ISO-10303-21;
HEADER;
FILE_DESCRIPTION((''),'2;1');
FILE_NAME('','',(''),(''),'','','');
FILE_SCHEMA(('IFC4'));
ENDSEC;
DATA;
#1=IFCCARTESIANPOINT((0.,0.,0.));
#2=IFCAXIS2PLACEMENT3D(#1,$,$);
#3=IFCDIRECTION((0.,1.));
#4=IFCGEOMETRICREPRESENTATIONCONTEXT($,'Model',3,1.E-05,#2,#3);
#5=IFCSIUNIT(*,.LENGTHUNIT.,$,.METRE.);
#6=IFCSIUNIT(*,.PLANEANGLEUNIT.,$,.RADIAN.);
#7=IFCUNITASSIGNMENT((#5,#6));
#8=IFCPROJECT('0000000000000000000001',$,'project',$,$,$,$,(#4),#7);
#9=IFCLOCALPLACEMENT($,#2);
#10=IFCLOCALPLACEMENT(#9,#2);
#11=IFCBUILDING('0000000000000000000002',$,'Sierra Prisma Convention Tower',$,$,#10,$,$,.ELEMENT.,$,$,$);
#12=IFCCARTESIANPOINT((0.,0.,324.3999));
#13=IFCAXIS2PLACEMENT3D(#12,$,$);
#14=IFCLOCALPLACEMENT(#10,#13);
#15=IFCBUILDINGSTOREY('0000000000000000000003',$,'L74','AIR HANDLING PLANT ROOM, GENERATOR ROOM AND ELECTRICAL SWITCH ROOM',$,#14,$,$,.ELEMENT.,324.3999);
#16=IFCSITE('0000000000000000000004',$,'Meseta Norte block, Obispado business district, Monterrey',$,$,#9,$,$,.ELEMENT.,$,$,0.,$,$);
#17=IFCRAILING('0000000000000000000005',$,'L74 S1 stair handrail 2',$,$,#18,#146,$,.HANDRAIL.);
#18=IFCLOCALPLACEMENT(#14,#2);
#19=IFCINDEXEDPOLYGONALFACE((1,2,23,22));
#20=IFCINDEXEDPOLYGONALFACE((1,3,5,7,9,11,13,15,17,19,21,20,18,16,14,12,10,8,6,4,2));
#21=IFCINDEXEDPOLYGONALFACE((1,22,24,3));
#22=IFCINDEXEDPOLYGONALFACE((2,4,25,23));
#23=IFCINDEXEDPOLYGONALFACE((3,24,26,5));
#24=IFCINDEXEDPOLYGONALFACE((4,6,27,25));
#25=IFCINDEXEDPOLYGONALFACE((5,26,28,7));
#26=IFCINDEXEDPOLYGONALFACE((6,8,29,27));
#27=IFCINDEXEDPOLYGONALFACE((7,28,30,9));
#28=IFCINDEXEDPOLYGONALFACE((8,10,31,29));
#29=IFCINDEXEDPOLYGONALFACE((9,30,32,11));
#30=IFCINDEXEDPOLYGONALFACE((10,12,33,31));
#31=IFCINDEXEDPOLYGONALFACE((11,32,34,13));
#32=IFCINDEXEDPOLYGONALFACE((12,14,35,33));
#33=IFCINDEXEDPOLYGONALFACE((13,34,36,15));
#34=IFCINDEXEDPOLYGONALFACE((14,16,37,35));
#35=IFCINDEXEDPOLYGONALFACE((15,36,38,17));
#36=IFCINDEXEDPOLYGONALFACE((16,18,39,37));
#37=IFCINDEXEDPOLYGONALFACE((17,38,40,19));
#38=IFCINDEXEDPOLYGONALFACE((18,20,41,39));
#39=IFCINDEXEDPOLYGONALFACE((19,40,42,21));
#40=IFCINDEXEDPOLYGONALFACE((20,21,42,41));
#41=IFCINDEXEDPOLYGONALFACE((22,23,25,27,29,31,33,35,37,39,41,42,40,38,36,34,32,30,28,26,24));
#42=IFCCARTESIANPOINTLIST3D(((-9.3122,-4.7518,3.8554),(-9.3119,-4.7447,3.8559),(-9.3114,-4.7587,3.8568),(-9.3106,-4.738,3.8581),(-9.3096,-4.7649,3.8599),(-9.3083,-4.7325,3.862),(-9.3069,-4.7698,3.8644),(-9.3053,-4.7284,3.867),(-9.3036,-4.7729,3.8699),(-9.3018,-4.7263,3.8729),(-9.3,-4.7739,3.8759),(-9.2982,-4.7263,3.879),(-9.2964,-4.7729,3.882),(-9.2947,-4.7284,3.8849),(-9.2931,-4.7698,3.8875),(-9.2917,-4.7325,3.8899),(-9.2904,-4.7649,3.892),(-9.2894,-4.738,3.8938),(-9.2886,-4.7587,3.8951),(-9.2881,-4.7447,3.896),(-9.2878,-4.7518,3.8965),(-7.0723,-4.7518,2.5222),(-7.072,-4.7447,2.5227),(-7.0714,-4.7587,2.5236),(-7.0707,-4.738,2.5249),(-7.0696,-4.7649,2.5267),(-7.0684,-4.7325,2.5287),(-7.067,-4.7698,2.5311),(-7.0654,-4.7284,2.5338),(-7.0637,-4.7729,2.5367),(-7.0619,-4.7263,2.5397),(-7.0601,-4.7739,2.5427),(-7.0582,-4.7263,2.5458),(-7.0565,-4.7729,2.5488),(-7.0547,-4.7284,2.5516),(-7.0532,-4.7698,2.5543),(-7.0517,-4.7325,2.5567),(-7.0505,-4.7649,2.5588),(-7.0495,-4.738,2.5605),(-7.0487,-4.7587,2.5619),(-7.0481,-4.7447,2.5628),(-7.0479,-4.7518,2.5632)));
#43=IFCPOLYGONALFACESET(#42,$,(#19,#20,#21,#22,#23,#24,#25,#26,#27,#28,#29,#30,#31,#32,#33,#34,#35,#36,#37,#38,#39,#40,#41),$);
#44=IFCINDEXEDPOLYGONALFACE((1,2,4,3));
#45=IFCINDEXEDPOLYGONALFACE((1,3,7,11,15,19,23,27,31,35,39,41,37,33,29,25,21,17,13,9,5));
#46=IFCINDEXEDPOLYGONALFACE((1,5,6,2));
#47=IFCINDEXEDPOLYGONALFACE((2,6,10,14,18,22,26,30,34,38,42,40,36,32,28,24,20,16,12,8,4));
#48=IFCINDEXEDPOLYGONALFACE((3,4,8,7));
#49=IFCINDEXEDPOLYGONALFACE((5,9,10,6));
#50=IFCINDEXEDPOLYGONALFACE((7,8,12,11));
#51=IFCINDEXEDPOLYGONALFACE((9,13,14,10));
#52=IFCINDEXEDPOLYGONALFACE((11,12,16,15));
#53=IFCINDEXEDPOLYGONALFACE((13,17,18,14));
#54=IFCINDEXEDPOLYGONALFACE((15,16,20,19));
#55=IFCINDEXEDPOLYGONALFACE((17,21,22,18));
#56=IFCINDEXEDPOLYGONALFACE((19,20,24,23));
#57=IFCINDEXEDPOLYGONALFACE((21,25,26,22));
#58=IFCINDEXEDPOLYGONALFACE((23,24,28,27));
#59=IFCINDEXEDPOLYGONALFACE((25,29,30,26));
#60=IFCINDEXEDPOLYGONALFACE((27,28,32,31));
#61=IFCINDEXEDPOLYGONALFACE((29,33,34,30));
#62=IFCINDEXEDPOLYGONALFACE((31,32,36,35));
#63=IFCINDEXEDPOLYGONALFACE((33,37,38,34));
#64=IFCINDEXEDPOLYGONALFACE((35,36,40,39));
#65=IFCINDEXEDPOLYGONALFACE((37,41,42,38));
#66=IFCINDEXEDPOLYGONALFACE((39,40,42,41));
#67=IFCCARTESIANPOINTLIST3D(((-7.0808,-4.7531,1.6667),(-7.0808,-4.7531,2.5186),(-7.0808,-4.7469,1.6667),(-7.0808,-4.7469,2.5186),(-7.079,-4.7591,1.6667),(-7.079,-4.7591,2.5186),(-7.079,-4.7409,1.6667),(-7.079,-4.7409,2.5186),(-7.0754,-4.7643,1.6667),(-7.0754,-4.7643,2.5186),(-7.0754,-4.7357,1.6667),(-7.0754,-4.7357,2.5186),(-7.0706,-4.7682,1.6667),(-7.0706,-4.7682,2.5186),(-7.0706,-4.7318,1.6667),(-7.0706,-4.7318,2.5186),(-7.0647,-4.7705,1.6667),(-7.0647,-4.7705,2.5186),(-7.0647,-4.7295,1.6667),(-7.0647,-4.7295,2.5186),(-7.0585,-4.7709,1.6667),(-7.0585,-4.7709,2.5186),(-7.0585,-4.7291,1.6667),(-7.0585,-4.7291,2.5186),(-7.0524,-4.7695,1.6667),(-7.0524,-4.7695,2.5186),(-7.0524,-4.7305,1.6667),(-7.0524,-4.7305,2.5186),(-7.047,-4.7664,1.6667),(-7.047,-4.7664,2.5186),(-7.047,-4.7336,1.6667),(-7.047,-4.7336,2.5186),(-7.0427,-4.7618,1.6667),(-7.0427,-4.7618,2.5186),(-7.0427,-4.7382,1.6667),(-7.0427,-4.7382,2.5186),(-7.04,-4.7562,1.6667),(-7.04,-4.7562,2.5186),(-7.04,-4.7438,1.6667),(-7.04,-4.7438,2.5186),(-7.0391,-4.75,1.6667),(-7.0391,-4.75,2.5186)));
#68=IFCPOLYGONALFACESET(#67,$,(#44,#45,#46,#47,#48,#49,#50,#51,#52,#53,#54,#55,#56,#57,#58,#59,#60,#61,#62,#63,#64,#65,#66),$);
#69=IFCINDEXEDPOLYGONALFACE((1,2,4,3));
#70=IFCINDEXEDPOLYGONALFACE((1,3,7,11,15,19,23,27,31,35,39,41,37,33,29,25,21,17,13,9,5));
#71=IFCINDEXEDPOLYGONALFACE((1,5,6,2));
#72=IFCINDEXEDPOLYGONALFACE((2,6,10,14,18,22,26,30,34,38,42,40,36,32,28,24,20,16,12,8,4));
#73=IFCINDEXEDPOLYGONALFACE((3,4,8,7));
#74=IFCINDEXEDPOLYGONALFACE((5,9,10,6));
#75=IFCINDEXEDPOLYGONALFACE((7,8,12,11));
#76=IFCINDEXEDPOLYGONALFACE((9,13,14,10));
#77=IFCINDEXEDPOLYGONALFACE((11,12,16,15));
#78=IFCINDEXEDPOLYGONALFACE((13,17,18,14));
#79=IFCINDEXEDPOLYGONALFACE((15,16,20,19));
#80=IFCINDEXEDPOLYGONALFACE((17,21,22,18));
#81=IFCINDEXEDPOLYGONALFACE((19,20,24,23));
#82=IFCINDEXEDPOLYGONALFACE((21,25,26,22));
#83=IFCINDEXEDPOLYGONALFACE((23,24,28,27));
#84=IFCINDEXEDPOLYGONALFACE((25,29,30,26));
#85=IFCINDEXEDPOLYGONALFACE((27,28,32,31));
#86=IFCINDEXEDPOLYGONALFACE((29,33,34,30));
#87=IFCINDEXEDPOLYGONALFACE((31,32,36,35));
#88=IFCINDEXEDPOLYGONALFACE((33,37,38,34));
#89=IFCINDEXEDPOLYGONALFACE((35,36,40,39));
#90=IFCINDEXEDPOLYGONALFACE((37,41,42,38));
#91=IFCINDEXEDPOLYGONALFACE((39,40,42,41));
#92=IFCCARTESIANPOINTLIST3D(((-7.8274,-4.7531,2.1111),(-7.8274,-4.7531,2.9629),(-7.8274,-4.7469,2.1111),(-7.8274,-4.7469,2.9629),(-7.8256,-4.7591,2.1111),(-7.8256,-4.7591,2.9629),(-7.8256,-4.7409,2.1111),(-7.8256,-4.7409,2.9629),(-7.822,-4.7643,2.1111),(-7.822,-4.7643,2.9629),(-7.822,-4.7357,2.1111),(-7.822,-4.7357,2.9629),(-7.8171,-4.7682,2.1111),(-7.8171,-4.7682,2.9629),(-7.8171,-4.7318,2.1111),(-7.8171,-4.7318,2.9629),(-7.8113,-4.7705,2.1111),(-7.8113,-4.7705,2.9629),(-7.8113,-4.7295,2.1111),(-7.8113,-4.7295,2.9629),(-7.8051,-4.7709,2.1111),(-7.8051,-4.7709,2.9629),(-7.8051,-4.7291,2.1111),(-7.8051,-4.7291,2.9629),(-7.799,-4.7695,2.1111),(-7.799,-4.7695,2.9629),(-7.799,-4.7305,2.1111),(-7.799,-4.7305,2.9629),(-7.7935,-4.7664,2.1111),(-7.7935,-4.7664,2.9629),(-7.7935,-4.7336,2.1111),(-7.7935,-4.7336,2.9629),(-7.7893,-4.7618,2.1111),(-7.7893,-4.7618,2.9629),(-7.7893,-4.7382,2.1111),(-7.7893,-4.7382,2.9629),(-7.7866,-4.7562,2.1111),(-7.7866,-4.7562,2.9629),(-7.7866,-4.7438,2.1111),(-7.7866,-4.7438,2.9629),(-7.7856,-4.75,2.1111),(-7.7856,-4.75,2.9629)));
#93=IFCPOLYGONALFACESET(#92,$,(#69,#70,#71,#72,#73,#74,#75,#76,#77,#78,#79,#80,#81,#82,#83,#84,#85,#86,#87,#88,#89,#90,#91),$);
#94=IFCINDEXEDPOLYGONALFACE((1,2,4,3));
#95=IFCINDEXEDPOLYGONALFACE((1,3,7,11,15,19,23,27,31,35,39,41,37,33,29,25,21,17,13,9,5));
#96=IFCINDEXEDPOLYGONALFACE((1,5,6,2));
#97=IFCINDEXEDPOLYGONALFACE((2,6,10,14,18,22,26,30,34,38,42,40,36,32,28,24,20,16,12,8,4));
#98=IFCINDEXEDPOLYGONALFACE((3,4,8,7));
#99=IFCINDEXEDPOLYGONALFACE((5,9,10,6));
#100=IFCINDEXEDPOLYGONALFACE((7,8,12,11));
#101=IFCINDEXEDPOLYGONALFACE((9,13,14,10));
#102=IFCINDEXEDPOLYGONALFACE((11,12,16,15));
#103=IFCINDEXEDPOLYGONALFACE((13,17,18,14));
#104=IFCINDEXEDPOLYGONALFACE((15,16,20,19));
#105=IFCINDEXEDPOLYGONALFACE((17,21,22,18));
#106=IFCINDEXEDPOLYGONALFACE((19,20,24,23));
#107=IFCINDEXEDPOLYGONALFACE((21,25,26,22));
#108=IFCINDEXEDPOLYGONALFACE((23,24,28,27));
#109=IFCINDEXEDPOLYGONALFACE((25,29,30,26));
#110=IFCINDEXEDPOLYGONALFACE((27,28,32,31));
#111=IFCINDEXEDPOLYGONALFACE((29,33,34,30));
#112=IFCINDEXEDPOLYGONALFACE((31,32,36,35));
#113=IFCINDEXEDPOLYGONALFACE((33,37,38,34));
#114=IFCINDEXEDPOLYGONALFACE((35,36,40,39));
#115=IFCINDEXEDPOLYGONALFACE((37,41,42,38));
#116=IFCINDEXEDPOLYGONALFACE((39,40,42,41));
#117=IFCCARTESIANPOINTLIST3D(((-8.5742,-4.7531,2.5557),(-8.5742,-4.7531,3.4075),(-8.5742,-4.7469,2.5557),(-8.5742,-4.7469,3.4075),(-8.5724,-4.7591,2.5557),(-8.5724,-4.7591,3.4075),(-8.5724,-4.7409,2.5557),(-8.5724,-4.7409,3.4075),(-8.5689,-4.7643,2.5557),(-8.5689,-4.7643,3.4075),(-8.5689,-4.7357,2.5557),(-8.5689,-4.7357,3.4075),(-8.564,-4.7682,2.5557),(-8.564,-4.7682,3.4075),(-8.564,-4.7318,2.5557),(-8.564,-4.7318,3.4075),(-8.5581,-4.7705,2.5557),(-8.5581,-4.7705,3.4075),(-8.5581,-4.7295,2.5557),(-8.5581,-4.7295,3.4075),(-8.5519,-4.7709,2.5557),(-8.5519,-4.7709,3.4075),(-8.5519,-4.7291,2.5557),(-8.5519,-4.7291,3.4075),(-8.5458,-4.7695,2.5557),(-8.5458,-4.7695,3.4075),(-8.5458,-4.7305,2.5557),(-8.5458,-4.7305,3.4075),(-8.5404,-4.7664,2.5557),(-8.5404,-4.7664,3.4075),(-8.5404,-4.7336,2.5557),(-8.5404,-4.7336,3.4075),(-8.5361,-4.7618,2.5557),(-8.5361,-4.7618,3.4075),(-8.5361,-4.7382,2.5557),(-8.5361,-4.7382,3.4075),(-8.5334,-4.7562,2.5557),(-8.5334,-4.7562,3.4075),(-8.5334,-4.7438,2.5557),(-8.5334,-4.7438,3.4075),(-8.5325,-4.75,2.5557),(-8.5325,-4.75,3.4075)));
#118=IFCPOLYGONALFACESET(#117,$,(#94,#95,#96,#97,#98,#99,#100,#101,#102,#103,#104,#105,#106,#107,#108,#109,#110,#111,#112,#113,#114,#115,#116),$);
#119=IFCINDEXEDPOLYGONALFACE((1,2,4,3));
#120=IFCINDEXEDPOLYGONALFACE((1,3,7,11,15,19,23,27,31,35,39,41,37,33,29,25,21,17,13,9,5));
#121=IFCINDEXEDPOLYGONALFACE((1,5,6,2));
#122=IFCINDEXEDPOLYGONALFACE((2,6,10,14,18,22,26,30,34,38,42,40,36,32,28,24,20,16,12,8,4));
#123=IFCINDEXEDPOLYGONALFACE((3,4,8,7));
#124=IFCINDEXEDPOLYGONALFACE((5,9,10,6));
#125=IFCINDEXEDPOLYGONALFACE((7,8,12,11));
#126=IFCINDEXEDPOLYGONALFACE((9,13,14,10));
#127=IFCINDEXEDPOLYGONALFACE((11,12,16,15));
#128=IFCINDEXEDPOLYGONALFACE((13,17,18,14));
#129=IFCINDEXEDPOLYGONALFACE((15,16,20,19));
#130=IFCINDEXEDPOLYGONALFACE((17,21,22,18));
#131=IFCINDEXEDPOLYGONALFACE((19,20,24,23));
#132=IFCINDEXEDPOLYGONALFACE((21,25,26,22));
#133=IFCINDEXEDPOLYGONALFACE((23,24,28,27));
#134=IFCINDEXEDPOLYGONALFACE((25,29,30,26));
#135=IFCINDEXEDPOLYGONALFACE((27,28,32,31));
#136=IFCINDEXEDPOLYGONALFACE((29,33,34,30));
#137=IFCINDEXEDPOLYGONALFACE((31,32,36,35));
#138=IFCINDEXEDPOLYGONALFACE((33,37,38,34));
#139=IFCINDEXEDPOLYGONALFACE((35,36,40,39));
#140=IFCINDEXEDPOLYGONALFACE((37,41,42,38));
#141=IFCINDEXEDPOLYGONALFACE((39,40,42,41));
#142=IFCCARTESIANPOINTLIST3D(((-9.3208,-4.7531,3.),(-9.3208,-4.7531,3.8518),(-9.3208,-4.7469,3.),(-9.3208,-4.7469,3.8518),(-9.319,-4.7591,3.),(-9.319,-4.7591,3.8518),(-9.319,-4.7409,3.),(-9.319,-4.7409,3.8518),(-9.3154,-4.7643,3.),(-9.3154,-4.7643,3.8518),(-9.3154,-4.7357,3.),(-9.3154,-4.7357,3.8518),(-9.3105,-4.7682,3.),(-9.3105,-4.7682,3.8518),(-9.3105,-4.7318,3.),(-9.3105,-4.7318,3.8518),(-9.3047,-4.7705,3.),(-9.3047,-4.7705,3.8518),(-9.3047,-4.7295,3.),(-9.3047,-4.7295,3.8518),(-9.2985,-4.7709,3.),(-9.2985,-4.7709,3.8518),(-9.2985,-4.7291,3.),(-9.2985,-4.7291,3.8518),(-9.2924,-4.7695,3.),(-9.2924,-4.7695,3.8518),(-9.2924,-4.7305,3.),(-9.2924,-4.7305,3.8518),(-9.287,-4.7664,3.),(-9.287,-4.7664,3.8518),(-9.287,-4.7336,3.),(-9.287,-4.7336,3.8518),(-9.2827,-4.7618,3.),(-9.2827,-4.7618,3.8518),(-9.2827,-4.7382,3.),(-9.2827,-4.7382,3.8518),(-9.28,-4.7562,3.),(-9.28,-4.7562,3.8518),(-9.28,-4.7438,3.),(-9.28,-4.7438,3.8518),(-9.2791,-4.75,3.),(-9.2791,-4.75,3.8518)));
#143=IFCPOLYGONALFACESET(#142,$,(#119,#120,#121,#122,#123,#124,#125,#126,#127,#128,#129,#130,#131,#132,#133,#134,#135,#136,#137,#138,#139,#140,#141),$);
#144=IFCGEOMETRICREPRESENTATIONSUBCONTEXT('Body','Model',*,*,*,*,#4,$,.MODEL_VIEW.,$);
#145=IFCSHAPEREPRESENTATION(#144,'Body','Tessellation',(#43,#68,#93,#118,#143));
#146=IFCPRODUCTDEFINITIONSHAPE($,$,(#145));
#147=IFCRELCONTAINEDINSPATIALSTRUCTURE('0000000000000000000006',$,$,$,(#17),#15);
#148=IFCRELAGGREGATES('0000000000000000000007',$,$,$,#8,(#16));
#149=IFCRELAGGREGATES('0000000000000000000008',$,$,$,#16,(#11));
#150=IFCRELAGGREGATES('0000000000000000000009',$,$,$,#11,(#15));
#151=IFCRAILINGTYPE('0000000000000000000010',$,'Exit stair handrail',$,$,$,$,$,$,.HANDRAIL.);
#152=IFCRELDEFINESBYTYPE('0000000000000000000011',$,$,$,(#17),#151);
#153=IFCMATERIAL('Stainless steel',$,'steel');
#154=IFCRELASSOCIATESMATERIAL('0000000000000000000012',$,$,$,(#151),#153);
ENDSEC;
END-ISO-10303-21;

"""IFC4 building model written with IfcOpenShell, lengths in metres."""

from ifc_helpers import new_model, si_unit, direction, frame, origin, origin_2d, place, context, subcontext, project, spatial, circle, extrude, material, type_object, element, save


model = new_model("IFC4")

# Units and contexts
model_context = context("Model", 3, precision=1e-05, world=origin(), true_north=direction((0.0, 1.0)))
body_context = subcontext(model_context, "Body", "Model", "MODEL_VIEW")
ifc_project = project(units=[si_unit("LENGTHUNIT", "METRE"), si_unit("PLANEANGLEUNIT", "RADIAN")], contexts=[model_context])

# Site, building, storey
site_placement = place(None, origin())
site = spatial("IfcSite", under=ifc_project, at=site_placement, Name="Meseta Norte block, Obispado business district, Monterrey", CompositionType="ELEMENT", RefElevation=0.0)
building_placement = place(site_placement, origin())
building = spatial("IfcBuilding", under=site, at=building_placement, Name="Sierra Prisma Convention Tower", CompositionType="ELEMENT")
storey_placement = place(building_placement, frame((0.0, 0.0, 324.3999)))
storey = spatial("IfcBuildingStorey", under=building, at=storey_placement, Name="L74", Description="AIR HANDLING PLANT ROOM, GENERATOR ROOM AND ELECTRICAL SWITCH ROOM", CompositionType="ELEMENT", Elevation=324.3999)

# Railing
ifc_material_1 = material(Name="Stainless steel", Category="steel")
railing_type_1 = type_object("IfcRailingType", Name="Exit stair handrail", PredefinedType="HANDRAIL", material=ifc_material_1)
for number, where, name in (
    (1, (-7.0601, -4.75, 1.6667), "L74 S1 stair handrail 2"),
):
    element("IfcRailing", number, at=place(storey_placement, frame(where)), inside=storey, type_object=railing_type_1, Name=name, PredefinedType="HANDRAIL", context=body_context, shape_type="SweptSolid", body=[
        extrude(circle(Radius=0.0239, at=origin_2d()), frame((0.0, 0.0, 0.876), z_axis=(-0.859306, 0.0, 0.511462), x_axis=(0.0, -1.0, 0.0)), (0.0, 0.0, 1.0), 2.6067),
        extrude(circle(Radius=0.021, at=origin_2d()), origin(), (0.0, 0.0, 1.0), 0.8518),
        extrude(circle(Radius=0.021, at=origin_2d()), frame((-0.7466, 0.0, 0.4443)), (0.0, 0.0, 1.0), 0.8518),
        extrude(circle(Radius=0.021, at=origin_2d()), frame((-1.4934, 0.0, 0.8889)), (0.0, 0.0, 1.0), 0.8518),
        extrude(circle(Radius=0.021, at=origin_2d()), frame((-2.24, 0.0, 1.3333)), (0.0, 0.0, 1.0), 0.8518),
    ])

save(model, "model.ifc")
